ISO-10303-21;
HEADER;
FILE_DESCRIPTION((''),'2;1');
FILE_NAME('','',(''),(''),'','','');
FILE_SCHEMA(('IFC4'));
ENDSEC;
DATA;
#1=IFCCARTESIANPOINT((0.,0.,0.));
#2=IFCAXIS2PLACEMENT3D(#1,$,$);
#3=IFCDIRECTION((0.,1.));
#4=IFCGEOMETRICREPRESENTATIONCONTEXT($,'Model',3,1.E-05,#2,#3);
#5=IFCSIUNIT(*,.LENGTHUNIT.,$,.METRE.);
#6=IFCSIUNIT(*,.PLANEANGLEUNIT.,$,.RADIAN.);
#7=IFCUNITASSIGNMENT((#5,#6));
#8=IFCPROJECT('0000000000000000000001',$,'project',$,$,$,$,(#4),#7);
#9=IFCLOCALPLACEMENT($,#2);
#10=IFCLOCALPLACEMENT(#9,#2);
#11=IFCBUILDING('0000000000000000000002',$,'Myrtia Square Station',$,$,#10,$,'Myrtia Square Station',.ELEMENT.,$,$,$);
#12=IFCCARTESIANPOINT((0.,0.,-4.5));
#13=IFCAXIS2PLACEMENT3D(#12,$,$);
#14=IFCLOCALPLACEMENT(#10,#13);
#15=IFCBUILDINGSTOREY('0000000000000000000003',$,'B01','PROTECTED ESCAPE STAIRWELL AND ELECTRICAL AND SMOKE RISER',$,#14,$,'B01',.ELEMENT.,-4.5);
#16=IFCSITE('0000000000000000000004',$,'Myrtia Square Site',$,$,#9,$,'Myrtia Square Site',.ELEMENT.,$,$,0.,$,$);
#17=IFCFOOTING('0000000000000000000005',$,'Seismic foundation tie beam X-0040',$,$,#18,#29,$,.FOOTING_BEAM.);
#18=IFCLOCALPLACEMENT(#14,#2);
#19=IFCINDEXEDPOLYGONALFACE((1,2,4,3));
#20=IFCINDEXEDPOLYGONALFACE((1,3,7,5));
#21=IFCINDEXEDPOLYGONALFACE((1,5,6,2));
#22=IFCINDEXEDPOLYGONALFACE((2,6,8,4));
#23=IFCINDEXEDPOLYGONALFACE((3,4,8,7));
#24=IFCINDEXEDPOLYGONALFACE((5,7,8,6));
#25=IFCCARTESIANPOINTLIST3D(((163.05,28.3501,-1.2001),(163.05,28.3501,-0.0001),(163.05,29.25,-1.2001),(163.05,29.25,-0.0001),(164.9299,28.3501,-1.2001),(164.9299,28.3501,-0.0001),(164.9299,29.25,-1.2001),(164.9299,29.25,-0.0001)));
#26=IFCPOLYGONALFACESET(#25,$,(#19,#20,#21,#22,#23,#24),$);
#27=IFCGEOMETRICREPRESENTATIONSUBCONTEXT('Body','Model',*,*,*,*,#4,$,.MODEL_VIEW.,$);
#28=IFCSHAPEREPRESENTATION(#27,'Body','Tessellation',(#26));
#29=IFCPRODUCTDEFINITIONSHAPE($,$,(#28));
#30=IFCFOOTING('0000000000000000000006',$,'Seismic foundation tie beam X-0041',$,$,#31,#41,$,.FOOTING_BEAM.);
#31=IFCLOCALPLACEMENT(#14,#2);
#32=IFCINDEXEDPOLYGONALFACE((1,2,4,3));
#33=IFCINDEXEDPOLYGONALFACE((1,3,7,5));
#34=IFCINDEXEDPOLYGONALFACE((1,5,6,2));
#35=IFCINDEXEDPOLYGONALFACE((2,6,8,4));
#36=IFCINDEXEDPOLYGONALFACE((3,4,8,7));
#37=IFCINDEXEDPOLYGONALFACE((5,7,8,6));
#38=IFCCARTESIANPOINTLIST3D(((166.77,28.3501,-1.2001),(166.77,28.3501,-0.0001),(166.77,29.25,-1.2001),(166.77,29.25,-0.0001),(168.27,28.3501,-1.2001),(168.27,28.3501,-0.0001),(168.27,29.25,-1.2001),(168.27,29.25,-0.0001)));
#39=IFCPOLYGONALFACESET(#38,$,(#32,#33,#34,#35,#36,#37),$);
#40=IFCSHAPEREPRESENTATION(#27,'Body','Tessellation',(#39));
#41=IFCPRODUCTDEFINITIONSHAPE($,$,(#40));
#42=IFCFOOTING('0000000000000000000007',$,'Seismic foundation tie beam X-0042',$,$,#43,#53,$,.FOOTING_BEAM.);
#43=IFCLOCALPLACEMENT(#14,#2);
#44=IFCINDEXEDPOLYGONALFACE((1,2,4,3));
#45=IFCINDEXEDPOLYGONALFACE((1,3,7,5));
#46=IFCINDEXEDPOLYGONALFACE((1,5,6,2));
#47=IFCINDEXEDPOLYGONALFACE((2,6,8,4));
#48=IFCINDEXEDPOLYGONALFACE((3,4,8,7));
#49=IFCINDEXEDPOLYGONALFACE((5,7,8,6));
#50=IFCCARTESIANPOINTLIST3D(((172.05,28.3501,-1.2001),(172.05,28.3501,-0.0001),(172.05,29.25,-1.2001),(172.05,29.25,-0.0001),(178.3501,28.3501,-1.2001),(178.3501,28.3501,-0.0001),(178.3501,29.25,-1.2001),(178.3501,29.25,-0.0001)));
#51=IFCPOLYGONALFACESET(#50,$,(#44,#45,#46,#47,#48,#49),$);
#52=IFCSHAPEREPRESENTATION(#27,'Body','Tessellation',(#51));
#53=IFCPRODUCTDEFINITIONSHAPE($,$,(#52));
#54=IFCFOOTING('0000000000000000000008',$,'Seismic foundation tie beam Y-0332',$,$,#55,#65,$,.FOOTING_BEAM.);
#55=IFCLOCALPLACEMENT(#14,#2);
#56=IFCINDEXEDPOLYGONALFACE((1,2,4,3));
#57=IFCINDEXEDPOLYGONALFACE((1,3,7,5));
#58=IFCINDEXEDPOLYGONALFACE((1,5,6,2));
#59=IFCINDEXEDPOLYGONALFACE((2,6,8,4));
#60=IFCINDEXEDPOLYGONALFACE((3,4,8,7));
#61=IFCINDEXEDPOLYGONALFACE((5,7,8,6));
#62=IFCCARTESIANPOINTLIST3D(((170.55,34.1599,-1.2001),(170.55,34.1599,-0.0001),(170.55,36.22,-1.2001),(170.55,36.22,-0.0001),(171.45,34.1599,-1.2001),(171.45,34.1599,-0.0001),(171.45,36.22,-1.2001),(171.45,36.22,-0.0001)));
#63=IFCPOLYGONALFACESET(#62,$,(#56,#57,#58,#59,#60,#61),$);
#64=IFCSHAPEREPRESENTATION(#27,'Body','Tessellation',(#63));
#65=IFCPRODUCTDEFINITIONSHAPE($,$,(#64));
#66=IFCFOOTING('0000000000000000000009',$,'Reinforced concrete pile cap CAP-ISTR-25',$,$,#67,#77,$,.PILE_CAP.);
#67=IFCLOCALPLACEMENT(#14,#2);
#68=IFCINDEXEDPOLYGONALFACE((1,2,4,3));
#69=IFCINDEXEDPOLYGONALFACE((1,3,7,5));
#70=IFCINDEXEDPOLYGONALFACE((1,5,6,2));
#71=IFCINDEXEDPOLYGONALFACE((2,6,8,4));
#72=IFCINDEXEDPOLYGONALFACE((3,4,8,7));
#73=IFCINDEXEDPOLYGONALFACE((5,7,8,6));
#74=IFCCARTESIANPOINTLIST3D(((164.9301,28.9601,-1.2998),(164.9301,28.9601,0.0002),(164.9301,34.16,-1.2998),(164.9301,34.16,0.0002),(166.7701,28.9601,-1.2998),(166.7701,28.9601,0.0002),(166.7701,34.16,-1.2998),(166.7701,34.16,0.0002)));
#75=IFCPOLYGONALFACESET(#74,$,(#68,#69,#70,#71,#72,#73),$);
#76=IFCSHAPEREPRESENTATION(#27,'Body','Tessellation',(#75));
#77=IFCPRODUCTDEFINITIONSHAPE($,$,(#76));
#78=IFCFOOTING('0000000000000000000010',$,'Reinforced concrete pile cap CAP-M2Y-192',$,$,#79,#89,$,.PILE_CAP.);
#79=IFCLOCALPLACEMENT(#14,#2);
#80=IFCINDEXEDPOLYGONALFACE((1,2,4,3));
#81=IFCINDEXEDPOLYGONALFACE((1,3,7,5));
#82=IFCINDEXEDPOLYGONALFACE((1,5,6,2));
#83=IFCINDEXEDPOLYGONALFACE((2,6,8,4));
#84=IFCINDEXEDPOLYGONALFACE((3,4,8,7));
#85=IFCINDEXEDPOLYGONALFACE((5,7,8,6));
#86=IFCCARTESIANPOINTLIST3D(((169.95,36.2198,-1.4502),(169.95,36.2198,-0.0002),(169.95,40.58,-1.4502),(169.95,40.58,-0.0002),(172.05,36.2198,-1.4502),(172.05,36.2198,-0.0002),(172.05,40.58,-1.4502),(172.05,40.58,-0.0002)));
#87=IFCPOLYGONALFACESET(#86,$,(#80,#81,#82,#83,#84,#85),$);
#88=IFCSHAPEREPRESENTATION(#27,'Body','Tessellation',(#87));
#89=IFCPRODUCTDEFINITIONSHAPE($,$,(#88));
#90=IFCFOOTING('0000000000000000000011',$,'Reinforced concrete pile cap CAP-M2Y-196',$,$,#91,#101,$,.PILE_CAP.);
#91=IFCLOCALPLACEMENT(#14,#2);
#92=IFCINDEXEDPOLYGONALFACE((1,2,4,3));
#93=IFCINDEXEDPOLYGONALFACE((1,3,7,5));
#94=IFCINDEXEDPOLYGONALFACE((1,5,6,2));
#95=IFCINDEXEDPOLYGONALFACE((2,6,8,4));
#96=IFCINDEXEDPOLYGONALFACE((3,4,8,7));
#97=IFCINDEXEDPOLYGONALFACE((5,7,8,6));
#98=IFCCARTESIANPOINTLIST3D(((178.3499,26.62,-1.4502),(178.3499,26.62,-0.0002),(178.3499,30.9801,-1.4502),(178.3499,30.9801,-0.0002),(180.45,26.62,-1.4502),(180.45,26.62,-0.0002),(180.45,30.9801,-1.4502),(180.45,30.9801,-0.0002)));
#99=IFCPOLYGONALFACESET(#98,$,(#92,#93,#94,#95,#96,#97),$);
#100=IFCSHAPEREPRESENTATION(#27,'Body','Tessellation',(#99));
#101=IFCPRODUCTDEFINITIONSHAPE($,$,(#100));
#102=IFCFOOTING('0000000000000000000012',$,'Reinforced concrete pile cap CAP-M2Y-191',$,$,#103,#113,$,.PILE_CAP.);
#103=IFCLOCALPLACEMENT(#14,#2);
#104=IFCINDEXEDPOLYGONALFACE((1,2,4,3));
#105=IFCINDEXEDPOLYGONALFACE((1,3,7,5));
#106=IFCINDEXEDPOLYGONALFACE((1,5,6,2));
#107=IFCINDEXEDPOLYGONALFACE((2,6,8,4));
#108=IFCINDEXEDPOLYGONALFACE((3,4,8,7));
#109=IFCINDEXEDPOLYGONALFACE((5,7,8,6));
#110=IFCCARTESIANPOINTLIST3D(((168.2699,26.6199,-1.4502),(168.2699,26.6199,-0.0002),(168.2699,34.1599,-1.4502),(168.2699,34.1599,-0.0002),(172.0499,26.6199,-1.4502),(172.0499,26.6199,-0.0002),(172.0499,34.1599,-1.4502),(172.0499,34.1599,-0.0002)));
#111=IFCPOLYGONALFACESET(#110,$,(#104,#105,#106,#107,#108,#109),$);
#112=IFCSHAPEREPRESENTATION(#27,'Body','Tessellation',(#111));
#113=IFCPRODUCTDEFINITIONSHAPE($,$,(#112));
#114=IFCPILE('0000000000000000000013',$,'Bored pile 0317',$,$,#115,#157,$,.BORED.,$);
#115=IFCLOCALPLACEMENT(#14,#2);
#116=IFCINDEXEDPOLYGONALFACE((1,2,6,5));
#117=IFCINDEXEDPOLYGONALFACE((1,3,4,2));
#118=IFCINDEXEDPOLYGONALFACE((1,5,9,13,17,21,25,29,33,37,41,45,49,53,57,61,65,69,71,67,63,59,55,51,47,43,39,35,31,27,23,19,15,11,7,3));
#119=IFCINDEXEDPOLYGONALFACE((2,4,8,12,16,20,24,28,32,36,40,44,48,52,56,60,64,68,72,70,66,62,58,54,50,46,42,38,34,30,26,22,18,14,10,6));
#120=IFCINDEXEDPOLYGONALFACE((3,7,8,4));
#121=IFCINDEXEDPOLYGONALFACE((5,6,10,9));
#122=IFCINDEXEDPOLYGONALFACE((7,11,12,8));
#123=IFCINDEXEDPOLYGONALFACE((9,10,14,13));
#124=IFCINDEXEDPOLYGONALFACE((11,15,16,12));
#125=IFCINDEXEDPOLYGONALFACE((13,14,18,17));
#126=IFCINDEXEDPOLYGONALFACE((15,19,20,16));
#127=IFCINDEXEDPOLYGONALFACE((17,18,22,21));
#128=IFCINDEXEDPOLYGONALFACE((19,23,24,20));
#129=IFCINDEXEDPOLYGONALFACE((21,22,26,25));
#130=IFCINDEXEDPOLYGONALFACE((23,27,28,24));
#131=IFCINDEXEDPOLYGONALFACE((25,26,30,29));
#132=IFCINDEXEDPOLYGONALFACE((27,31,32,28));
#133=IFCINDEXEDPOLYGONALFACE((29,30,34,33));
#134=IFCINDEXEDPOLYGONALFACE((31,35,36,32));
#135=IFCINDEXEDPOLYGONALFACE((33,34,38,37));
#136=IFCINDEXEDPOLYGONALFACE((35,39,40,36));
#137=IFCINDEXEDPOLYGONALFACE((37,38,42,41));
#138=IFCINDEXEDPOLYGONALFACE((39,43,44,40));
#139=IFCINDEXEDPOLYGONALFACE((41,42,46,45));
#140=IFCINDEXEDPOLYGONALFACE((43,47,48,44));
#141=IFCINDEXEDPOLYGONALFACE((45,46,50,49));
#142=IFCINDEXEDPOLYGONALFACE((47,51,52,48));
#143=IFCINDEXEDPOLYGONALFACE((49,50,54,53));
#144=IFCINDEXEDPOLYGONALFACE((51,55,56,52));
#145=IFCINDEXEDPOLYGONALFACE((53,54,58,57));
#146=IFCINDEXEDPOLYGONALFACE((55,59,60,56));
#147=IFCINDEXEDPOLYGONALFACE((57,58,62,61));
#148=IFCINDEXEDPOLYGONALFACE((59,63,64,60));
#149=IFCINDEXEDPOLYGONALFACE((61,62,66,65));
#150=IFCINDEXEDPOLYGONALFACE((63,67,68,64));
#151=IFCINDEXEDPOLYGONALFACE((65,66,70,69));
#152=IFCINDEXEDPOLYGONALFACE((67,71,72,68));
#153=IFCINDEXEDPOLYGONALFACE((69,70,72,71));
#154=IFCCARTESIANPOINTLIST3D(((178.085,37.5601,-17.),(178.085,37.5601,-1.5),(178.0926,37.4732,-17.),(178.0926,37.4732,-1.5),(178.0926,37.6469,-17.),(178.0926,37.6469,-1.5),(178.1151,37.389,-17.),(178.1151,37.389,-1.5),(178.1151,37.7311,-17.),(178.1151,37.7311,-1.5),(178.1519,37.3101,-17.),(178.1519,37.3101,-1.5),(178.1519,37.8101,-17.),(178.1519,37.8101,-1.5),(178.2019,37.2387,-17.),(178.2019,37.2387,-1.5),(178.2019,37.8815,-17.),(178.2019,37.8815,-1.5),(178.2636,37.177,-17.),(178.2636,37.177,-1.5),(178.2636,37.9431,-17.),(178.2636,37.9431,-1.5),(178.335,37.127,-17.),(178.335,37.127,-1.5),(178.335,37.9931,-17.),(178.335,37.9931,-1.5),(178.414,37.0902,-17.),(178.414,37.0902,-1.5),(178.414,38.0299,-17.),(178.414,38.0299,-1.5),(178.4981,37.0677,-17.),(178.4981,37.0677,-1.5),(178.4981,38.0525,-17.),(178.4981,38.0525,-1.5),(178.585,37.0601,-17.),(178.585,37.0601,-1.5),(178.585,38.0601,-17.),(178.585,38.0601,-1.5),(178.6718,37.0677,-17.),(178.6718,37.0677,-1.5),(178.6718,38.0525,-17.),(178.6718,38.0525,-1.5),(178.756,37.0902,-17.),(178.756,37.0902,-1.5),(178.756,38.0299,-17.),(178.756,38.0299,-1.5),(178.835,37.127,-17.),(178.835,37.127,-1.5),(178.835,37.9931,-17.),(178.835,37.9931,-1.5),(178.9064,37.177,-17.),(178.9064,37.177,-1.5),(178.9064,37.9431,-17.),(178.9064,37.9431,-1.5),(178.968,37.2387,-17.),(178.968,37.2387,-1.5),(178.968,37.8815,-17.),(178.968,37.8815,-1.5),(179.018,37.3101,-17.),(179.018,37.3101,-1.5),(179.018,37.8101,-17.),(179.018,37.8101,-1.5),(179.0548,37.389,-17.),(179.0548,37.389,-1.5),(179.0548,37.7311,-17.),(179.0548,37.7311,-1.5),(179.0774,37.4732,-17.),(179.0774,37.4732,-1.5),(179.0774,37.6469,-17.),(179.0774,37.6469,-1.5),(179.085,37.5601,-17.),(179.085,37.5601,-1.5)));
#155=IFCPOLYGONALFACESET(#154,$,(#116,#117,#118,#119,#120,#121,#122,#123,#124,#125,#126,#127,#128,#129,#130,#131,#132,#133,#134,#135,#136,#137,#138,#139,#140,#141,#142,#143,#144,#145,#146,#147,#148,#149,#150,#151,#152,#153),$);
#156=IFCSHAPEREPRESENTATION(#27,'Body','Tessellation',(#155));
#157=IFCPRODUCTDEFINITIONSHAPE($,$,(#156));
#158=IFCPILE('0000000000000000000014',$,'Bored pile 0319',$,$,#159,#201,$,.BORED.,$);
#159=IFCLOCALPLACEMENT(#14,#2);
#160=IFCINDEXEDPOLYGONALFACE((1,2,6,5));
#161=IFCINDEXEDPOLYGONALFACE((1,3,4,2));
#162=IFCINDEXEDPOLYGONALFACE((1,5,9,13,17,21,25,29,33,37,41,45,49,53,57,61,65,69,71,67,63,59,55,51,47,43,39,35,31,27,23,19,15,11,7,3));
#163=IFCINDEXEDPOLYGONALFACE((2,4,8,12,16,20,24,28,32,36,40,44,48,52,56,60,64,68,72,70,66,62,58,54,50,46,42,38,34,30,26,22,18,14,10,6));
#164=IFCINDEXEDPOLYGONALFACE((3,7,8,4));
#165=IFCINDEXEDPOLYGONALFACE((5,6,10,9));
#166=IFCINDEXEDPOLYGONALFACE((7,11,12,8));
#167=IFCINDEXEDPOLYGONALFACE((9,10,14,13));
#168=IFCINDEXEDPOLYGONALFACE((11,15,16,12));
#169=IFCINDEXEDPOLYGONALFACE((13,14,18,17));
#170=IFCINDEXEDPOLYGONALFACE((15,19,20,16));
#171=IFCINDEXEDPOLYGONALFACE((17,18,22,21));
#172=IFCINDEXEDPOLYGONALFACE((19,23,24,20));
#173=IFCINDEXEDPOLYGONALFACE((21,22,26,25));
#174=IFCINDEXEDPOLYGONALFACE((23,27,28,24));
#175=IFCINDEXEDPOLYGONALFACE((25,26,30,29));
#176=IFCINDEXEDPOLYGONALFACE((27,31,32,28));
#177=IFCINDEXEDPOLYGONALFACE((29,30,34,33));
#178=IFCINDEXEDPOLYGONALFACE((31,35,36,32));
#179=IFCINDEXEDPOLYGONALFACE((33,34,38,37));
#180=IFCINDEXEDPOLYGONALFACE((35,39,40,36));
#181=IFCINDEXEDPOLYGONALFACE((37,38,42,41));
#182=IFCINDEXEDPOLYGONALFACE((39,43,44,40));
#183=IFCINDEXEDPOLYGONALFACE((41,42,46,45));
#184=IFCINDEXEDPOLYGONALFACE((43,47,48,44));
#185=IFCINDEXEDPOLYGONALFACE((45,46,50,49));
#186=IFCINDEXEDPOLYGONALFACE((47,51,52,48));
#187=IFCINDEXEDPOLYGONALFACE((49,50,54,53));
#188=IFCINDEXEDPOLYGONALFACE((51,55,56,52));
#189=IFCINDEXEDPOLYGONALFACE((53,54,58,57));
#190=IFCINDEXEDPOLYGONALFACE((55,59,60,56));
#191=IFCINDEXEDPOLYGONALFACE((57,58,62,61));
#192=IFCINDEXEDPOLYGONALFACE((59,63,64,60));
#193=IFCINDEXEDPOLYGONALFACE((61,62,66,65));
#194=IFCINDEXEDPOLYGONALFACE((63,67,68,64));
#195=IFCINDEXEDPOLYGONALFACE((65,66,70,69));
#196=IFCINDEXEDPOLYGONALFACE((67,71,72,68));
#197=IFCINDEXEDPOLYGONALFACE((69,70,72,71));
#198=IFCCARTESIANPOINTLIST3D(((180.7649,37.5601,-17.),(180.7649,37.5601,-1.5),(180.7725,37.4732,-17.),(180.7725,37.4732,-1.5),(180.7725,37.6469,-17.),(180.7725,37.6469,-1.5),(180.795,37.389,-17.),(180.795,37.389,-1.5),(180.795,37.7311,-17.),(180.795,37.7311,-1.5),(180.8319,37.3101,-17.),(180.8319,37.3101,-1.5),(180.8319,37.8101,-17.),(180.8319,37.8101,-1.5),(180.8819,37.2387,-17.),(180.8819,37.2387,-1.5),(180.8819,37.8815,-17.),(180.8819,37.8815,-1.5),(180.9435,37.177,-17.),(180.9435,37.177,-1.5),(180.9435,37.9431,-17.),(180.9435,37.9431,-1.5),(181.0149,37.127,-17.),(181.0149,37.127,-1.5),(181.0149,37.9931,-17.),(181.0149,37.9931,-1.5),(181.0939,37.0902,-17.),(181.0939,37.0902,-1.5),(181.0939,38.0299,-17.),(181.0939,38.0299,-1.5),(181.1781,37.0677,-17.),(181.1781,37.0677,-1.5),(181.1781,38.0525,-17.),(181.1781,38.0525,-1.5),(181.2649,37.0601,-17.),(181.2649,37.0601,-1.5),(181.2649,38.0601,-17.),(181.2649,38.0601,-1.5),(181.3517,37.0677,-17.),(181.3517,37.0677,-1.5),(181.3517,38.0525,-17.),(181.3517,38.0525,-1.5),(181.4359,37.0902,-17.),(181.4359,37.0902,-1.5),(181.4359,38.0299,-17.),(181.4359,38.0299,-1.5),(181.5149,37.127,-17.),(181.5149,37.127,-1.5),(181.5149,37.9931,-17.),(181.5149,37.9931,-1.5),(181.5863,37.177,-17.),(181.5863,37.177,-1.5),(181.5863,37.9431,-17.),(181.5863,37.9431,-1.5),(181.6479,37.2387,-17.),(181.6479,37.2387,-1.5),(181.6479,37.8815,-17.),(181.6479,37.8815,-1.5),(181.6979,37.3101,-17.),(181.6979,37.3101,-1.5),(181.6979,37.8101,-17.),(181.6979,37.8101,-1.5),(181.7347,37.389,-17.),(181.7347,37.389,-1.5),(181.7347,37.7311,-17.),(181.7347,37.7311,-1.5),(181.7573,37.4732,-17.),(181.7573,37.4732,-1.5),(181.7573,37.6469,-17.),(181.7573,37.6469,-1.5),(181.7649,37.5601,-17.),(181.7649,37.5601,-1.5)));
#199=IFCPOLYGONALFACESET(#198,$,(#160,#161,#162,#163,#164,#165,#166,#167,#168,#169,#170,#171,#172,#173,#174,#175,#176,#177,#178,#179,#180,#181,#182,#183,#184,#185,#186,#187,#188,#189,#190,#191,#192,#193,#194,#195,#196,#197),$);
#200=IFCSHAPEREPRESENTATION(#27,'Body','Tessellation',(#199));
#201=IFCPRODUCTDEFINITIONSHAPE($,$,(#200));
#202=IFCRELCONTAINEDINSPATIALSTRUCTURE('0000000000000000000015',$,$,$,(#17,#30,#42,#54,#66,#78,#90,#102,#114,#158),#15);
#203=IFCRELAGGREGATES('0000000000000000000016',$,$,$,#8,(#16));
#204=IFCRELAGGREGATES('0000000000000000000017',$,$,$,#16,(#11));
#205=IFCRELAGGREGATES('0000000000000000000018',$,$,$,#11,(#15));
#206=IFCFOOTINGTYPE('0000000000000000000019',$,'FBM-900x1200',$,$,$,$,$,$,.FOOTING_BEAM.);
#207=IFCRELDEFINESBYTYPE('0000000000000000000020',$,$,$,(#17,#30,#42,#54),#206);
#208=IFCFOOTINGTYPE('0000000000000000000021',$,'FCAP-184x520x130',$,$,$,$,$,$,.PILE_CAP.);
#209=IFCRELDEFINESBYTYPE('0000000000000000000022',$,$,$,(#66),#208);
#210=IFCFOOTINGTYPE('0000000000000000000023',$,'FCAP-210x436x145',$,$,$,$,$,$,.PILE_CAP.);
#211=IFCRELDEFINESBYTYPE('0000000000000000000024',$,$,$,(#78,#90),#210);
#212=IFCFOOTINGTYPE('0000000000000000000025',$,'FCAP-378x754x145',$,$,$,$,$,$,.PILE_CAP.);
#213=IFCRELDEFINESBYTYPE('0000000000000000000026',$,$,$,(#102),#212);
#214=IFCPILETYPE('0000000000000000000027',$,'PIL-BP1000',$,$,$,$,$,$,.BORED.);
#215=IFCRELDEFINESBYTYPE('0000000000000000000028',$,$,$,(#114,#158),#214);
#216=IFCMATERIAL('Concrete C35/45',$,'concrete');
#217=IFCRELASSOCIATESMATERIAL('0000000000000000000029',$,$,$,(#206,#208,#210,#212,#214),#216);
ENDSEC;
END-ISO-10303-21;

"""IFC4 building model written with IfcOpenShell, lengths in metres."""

from ifc_helpers import new_model, si_unit, direction, frame, origin, origin_2d, place, context, subcontext, project, spatial, rectangle, circle, extrude, material, material_profile, profile_set, type_object, element, save


model = new_model("IFC4")

# Units and contexts
model_context = context("Model", 3, precision=1e-05, world=origin(), true_north=direction((0.0, 1.0)))
body_context = subcontext(model_context, "Body", "Model", "MODEL_VIEW")
ifc_project = project(units=[si_unit("LENGTHUNIT", "METRE"), si_unit("PLANEANGLEUNIT", "RADIAN")], contexts=[model_context])

# Site, building, storey
site_placement = place(None, origin())
site = spatial("IfcSite", under=ifc_project, at=site_placement, Name="Myrtia Square Site", LongName="Myrtia Square Site", CompositionType="ELEMENT", RefElevation=0.0)
building_placement = place(site_placement, origin())
building = spatial("IfcBuilding", under=site, at=building_placement, Name="Myrtia Square Station", LongName="Myrtia Square Station", CompositionType="ELEMENT")
storey_placement = place(building_placement, frame((0.0, 0.0, -4.5)))
storey = spatial("IfcBuildingStorey", under=building, at=storey_placement, Name="B01", Description="PROTECTED ESCAPE STAIRWELL AND ELECTRICAL AND SMOKE RISER", LongName="B01", CompositionType="ELEMENT", Elevation=-4.5)

# Footings
ifc_material_1 = material(Name="Concrete C35/45", Category="concrete")
ifc_material_profile_1 = material_profile(ifc_material_1, rectangle(XDim=0.8999, YDim=1.2, at=origin_2d()), Name="FB 900x1200")
ifc_profile_set_1 = profile_set([ifc_material_profile_1], Name="Concrete C35/45")
footing_type_1 = type_object("IfcFootingType", Name="FBM-900x1200", PredefinedType="FOOTING_BEAM", material=ifc_profile_set_1)
footing_1_placement = place(storey_placement, frame((163.05, 28.8, -0.6001), z_axis=(1.0, 0.0, 0.0), x_axis=(0.0, 1.0, 0.0)))
element("IfcFooting", 1, at=footing_1_placement, inside=storey, type_object=footing_type_1, Name="Seismic foundation tie beam X-0040", PredefinedType="FOOTING_BEAM", context=body_context, shape_type="SweptSolid", body=[
    extrude(rectangle(XDim=0.8999, YDim=1.2, at=origin_2d()), origin(), (0.0, 0.0, 1.0), 1.8799),
])
footing_2_placement = place(storey_placement, frame((166.77, 28.8, -0.6001), z_axis=(1.0, 0.0, 0.0), x_axis=(0.0, 1.0, 0.0)))
element("IfcFooting", 2, at=footing_2_placement, inside=storey, type_object=footing_type_1, Name="Seismic foundation tie beam X-0041", PredefinedType="FOOTING_BEAM", context=body_context, shape_type="SweptSolid", body=[
    extrude(rectangle(XDim=0.8999, YDim=1.2, at=origin_2d()), origin(), (0.0, 0.0, 1.0), 1.5),
])
footing_3_placement = place(storey_placement, frame((172.05, 28.8, -0.6001), z_axis=(1.0, 0.0, 0.0), x_axis=(0.0, 1.0, 0.0)))
element("IfcFooting", 3, at=footing_3_placement, inside=storey, type_object=footing_type_1, Name="Seismic foundation tie beam X-0042", PredefinedType="FOOTING_BEAM", context=body_context, shape_type="SweptSolid", body=[
    extrude(rectangle(XDim=0.8999, YDim=1.2, at=origin_2d()), origin(), (0.0, 0.0, 1.0), 6.3),
])
footing_4_placement = place(storey_placement, frame((171.0, 34.1599, -0.6001), z_axis=(0.0, 1.0, 0.0), x_axis=(-1.0, 0.0, 0.0)))
element("IfcFooting", 4, at=footing_4_placement, inside=storey, type_object=footing_type_1, Name="Seismic foundation tie beam Y-0332", PredefinedType="FOOTING_BEAM", context=body_context, shape_type="SweptSolid", body=[
    extrude(rectangle(XDim=0.8999, YDim=1.2, at=origin_2d()), origin(), (0.0, 0.0, 1.0), 2.0601),
])
footing_type_2 = type_object("IfcFootingType", Name="FCAP-184x520x130", PredefinedType="PILE_CAP", material=ifc_material_1)
footing_5_placement = place(storey_placement, frame((165.8501, 31.5601, -1.2998), z_axis=(0.0, 0.0, 1.0), x_axis=(1.0, 0.0, 0.0)))
element("IfcFooting", 5, at=footing_5_placement, inside=storey, type_object=footing_type_2, Name="Reinforced concrete pile cap CAP-ISTR-25", PredefinedType="PILE_CAP", context=body_context, shape_type="SweptSolid", body=[
    extrude(rectangle(XDim=1.8401, YDim=5.2, at=origin_2d()), origin(), (0.0, 0.0, 1.0), 1.3),
])
footing_type_3 = type_object("IfcFootingType", Name="FCAP-210x436x145", PredefinedType="PILE_CAP", material=ifc_material_1)
for number, where, z_axis, x_axis, name in (
    (6, (171.0, 38.3999, -1.4502), (0.0, 0.0, 1.0), (1.0, 0.0, 0.0), "Reinforced concrete pile cap CAP-M2Y-192"),
    (7, (179.3999, 28.8, -1.4502), (0.0, 0.0, 1.0), (1.0, 0.0, 0.0), "Reinforced concrete pile cap CAP-M2Y-196"),
):
    element("IfcFooting", number, at=place(storey_placement, frame(where, z_axis=z_axis, x_axis=x_axis)), inside=storey, type_object=footing_type_3, Name=name, PredefinedType="PILE_CAP", context=body_context, shape_type="SweptSolid", body=[
        extrude(rectangle(XDim=2.1001, YDim=4.3601, at=origin_2d()), origin(), (0.0, 0.0, 1.0), 1.45),
    ])
footing_type_4 = type_object("IfcFootingType", Name="FCAP-378x754x145", PredefinedType="PILE_CAP", material=ifc_material_1)
footing_6_placement = place(storey_placement, frame((170.1599, 30.3899, -1.4502), z_axis=(0.0, 0.0, 1.0), x_axis=(1.0, 0.0, 0.0)))
element("IfcFooting", 8, at=footing_6_placement, inside=storey, type_object=footing_type_4, Name="Reinforced concrete pile cap CAP-M2Y-191", PredefinedType="PILE_CAP", context=body_context, shape_type="SweptSolid", body=[
    extrude(rectangle(XDim=3.78, YDim=7.54, at=origin_2d()), origin(), (0.0, 0.0, 1.0), 1.45),
])

# Piles
ifc_material_profile_2 = material_profile(ifc_material_1, circle(Radius=0.5, at=origin_2d()), Name="BP D1000")
ifc_profile_set_2 = profile_set([ifc_material_profile_2], Name="Concrete C35/45")
pile_type_1 = type_object("IfcPileType", Name="PIL-BP1000", PredefinedType="BORED", material=ifc_profile_set_2)
for number, where, z_axis, x_axis, name in (
    (9, (178.585, 37.5601, -1.5), (0.0, 0.0, -1.0), (1.0, 0.0, 0.0), "Bored pile 0317"),
    (10, (181.2649, 37.5601, -1.5), (0.0, 0.0, -1.0), (1.0, 0.0, 0.0), "Bored pile 0319"),
):
    element("IfcPile", number, at=place(storey_placement, frame(where, z_axis=z_axis, x_axis=x_axis)), inside=storey, type_object=pile_type_1, Name=name, PredefinedType="BORED", context=body_context, shape_type="SweptSolid", body=[
        extrude(circle(Radius=0.5, at=origin_2d()), origin(), (0.0, 0.0, 1.0), 15.5),
    ])

save(model, "model.ifc")
